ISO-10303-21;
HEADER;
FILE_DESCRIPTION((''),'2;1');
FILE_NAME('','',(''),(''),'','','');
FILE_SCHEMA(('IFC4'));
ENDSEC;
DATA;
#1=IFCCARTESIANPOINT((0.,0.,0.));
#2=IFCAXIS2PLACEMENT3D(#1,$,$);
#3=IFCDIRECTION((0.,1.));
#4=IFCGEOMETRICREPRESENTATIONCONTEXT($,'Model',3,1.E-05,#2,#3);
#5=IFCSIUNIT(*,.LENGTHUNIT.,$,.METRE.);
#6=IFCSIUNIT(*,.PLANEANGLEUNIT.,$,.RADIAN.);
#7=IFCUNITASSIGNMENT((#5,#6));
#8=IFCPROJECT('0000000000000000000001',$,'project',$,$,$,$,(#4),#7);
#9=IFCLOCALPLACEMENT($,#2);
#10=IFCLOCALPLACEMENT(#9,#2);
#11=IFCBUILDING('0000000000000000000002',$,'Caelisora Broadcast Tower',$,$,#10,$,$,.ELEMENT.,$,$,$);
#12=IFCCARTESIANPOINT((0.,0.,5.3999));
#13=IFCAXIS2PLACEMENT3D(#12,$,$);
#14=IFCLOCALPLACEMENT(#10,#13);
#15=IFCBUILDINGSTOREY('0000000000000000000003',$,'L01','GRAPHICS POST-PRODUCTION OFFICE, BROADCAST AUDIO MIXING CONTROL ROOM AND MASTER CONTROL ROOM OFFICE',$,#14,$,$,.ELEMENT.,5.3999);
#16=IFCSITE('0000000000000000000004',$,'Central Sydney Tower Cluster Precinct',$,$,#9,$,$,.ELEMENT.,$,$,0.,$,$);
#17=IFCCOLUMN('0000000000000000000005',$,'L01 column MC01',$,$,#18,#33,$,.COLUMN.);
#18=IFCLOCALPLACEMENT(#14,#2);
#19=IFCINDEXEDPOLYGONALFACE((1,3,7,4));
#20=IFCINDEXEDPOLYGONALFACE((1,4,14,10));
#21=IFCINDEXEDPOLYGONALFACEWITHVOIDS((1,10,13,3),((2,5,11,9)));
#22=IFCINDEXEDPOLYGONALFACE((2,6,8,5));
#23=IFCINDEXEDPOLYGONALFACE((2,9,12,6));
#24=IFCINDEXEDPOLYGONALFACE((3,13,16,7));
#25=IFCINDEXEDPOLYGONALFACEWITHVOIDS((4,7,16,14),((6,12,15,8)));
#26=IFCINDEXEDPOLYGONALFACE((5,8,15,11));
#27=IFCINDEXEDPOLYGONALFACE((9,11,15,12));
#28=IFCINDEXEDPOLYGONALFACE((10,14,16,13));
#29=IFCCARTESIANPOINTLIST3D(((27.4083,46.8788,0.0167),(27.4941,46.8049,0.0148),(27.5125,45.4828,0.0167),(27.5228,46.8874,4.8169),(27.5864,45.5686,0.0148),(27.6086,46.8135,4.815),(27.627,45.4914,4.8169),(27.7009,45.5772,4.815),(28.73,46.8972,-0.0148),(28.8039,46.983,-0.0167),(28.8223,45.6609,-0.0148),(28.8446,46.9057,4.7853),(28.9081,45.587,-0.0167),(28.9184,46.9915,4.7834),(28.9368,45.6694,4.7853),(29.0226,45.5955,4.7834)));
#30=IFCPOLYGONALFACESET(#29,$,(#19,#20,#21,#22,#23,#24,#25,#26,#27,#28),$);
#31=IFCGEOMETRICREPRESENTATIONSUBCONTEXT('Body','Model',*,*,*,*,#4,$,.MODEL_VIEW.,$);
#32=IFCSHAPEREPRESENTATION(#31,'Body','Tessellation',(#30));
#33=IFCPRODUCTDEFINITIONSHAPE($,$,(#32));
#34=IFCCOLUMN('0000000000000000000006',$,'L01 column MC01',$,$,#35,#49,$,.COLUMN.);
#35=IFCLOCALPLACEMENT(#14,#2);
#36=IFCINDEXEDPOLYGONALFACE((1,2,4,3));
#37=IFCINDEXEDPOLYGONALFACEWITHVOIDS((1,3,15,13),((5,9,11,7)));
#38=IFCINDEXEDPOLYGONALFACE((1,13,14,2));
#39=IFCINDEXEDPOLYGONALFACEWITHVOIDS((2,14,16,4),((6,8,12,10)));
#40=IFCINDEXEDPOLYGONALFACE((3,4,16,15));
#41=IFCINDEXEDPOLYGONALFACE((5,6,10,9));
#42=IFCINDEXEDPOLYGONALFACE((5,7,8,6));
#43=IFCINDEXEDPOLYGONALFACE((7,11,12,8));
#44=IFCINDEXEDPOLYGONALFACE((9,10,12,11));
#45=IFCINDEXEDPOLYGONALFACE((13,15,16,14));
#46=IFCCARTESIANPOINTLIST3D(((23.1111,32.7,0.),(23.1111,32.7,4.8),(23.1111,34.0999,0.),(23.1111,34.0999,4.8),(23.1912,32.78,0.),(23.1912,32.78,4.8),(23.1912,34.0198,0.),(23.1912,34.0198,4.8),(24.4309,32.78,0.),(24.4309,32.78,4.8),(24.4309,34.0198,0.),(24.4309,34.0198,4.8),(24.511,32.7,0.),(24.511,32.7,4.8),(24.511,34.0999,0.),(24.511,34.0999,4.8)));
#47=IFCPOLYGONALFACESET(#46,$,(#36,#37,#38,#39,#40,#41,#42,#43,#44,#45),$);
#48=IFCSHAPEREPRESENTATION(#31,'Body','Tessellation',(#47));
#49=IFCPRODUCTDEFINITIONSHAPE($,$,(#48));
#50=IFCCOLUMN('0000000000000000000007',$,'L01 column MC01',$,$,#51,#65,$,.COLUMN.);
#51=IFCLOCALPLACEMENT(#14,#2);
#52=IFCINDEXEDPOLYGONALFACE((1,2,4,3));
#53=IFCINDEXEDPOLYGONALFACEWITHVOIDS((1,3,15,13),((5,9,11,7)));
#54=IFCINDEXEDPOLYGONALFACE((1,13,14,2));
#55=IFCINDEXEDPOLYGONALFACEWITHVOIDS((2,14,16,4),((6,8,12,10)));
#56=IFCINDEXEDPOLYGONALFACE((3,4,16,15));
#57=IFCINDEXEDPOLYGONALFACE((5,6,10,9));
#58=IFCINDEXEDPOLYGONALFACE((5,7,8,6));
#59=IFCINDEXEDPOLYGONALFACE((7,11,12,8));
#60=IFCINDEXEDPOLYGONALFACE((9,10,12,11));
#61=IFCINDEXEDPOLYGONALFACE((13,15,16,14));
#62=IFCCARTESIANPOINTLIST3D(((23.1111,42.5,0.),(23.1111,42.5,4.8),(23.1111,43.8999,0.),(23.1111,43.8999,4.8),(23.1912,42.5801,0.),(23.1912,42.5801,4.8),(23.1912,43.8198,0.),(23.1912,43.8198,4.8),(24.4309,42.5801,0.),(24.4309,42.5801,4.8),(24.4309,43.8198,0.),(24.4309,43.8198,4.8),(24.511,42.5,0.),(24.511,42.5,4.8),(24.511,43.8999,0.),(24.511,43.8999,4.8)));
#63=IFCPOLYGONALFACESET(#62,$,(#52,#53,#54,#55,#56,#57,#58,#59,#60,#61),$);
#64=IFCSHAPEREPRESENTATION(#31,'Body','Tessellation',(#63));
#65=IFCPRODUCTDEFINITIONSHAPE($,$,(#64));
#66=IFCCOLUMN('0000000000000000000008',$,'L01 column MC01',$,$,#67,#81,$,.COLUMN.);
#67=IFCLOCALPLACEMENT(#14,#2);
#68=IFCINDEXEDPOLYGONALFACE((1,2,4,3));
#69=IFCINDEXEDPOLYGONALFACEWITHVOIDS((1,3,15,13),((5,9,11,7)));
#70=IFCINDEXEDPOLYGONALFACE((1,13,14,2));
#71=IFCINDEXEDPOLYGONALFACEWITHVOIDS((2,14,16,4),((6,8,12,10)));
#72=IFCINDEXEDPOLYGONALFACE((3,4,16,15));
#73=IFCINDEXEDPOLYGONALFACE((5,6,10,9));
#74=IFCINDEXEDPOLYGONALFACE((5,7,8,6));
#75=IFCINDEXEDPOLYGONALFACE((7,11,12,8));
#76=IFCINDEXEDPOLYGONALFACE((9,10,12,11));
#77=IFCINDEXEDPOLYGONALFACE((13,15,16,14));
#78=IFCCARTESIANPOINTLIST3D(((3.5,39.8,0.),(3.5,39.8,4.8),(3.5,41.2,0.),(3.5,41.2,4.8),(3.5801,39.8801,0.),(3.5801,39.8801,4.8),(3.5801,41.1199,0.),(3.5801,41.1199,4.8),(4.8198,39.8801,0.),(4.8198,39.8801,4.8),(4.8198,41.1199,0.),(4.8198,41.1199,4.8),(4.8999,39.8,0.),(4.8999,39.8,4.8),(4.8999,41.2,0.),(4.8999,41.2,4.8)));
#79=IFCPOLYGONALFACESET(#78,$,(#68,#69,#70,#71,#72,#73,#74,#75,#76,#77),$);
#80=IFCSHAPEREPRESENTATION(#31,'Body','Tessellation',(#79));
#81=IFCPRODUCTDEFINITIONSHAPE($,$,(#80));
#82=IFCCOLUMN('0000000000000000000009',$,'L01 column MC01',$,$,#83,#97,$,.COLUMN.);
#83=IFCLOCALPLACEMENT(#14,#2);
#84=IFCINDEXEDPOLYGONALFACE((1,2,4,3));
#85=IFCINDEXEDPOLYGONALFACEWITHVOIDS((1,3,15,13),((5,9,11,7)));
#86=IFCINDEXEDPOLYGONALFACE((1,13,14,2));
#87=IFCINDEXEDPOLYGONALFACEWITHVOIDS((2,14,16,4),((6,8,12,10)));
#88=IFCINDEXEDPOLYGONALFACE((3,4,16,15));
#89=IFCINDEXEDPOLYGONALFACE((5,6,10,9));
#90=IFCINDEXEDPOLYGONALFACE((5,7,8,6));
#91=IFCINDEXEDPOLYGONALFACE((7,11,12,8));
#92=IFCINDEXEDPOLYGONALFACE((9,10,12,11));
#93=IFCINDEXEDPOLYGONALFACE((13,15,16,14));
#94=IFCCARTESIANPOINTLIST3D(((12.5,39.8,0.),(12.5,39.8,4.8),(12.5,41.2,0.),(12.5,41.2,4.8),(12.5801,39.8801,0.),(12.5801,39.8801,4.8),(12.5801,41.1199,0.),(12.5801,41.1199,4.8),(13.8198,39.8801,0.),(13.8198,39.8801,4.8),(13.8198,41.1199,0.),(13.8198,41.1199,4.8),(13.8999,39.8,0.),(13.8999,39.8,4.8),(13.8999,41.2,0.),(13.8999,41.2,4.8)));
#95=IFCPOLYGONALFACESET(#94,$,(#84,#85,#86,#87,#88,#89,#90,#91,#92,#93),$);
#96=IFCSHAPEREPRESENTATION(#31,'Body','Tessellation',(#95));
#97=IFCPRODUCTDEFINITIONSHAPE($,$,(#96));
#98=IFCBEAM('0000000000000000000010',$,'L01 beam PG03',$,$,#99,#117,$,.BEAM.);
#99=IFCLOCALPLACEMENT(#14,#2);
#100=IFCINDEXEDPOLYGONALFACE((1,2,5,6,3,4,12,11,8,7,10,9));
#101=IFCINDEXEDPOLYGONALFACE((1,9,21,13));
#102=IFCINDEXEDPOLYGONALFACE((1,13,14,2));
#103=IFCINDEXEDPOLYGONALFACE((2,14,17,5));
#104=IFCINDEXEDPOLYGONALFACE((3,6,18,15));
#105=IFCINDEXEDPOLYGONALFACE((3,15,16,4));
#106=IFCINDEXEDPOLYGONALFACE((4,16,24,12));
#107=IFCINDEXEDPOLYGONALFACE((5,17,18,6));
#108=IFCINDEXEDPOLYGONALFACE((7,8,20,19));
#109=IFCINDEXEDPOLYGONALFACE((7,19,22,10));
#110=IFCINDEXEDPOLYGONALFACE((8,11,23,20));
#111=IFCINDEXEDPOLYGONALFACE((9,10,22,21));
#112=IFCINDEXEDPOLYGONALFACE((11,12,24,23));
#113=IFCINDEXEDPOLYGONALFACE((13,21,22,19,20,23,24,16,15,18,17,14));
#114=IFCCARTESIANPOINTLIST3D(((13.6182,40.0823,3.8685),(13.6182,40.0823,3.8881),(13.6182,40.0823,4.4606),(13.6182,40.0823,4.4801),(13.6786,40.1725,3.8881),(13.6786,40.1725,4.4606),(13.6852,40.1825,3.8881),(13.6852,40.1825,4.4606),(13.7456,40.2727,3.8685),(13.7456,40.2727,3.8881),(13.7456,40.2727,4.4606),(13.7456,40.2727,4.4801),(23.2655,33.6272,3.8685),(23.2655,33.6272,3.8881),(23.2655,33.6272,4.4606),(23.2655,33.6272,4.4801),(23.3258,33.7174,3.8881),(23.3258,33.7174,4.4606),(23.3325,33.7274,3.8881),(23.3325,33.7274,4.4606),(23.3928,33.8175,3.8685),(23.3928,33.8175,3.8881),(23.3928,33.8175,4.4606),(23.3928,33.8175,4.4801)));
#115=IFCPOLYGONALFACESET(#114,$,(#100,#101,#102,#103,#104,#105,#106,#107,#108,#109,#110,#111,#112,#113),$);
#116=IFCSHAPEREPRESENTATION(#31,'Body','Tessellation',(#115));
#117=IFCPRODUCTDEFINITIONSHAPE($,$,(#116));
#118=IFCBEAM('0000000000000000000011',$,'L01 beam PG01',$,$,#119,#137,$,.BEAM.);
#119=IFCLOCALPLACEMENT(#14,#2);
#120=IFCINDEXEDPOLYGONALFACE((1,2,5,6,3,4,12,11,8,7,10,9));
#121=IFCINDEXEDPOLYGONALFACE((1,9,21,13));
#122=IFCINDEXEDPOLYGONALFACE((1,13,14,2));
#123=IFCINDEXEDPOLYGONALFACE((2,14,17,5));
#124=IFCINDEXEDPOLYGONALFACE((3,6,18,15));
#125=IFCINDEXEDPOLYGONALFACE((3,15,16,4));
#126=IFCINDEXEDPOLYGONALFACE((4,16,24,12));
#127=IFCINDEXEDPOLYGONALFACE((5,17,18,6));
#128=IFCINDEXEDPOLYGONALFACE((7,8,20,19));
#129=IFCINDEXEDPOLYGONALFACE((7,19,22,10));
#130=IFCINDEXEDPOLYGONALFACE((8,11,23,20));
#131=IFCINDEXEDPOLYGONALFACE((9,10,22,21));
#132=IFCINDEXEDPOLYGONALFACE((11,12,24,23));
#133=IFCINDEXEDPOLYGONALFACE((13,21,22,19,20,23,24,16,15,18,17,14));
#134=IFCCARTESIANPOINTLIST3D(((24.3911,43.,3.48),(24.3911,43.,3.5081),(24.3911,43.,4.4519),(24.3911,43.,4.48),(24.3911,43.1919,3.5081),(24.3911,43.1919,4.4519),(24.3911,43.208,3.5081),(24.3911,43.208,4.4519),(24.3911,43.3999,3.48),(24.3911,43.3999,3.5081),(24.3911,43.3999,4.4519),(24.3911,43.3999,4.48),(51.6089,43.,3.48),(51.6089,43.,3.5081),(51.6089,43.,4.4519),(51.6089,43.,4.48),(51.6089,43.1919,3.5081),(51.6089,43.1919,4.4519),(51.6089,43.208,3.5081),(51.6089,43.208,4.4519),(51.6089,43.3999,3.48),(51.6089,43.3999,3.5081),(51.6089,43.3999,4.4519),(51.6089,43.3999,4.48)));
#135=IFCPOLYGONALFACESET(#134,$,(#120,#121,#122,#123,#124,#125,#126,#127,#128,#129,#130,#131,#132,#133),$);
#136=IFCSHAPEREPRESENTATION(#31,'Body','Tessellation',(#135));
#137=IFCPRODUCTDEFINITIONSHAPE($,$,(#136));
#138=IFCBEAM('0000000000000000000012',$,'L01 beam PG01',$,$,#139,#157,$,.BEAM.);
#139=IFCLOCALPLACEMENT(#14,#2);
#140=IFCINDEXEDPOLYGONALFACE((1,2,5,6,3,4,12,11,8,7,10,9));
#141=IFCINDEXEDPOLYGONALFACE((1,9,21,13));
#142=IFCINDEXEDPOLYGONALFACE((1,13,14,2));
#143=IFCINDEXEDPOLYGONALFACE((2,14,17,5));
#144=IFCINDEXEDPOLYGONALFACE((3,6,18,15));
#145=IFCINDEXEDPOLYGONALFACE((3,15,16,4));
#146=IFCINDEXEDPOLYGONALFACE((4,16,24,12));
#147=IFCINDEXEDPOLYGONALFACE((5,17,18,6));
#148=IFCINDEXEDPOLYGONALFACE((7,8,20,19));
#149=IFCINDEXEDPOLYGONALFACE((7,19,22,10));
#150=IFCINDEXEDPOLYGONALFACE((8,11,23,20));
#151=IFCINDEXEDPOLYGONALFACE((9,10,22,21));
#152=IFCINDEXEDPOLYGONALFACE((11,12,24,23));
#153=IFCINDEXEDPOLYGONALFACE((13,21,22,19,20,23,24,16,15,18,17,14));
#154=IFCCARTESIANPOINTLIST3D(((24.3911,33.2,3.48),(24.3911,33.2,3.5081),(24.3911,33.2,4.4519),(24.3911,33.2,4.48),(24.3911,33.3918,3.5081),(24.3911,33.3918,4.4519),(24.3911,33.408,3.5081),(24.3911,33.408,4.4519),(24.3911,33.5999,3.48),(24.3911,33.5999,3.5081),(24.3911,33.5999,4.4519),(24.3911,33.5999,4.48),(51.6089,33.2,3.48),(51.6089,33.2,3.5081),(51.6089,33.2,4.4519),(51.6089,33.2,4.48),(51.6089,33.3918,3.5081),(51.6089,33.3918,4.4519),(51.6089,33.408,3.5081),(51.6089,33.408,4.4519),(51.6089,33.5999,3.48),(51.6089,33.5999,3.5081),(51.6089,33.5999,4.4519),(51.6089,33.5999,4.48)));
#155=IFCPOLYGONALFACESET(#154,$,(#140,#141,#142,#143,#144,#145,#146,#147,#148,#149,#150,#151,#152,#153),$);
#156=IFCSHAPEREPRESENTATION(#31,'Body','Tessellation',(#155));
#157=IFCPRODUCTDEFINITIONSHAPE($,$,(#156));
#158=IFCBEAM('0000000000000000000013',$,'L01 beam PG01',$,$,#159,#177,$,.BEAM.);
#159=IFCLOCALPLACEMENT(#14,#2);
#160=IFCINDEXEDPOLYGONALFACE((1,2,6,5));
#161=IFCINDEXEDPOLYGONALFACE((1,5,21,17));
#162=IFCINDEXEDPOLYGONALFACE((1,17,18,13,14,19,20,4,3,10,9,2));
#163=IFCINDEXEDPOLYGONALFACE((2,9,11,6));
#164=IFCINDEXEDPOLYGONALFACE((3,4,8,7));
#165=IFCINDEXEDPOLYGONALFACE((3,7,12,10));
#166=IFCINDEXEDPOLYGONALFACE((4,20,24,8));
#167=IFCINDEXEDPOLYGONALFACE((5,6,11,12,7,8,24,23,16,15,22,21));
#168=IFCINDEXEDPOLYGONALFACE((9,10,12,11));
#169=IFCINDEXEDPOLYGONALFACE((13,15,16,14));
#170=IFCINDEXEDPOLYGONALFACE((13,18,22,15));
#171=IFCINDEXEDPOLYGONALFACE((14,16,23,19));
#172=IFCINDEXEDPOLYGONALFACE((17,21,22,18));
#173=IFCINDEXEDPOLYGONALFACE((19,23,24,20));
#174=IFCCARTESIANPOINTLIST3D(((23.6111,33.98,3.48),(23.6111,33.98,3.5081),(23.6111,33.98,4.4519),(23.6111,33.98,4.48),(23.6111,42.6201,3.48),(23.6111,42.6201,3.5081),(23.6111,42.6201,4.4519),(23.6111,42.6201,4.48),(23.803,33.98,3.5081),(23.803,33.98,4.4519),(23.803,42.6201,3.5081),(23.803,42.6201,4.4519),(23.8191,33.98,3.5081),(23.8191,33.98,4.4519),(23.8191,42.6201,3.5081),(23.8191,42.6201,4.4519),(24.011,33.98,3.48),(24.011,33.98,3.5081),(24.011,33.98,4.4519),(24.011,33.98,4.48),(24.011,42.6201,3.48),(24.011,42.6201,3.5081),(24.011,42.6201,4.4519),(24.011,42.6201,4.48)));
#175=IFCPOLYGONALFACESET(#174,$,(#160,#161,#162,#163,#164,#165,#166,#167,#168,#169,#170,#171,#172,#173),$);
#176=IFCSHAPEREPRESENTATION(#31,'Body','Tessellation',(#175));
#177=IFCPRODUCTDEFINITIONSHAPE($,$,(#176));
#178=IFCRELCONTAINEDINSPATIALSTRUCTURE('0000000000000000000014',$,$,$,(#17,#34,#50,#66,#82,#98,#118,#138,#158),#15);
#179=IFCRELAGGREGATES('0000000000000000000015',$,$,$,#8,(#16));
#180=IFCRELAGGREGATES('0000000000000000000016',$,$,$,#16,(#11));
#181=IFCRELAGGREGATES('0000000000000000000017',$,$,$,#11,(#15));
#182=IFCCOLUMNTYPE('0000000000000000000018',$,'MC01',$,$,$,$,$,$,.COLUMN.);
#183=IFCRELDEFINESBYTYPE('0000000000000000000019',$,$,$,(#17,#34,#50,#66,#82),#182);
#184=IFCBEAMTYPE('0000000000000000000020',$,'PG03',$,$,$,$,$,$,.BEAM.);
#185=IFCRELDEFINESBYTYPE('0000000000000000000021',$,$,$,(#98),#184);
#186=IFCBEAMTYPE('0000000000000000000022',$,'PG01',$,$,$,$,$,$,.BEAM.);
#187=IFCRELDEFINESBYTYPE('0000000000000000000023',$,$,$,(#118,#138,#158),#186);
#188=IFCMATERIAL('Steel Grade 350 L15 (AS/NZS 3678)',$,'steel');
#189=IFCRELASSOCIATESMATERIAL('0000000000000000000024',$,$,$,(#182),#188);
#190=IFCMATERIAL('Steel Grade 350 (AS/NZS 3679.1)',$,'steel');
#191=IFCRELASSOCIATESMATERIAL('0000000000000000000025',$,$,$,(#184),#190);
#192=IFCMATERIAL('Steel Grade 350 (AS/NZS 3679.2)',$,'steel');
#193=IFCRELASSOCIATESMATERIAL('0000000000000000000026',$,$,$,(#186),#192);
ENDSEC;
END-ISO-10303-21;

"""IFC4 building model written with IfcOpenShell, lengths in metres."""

from ifc_helpers import new_model, si_unit, direction, frame, origin, origin_2d, place, context, subcontext, project, spatial, hollow_rectangle, i_section, extrude, source, transform, mapped, material, material_profile, profile_set, type_object, type_shapes, element, save


model = new_model("IFC4")

# Units and contexts
model_context = context("Model", 3, precision=1e-05, world=origin(), true_north=direction((0.0, 1.0)))
body_context = subcontext(model_context, "Body", "Model", "MODEL_VIEW")
ifc_project = project(units=[si_unit("LENGTHUNIT", "METRE"), si_unit("PLANEANGLEUNIT", "RADIAN")], contexts=[model_context])

# Site, building, storey
site_placement = place(None, origin())
site = spatial("IfcSite", under=ifc_project, at=site_placement, Name="Central Sydney Tower Cluster Precinct", CompositionType="ELEMENT", RefElevation=0.0)
building_placement = place(site_placement, origin())
building = spatial("IfcBuilding", under=site, at=building_placement, Name="Caelisora Broadcast Tower", CompositionType="ELEMENT")
storey_placement = place(building_placement, frame((0.0, 0.0, 5.3999)))
storey = spatial("IfcBuildingStorey", under=building, at=storey_placement, Name="L01", Description="GRAPHICS POST-PRODUCTION OFFICE, BROADCAST AUDIO MIXING CONTROL ROOM AND MASTER CONTROL ROOM OFFICE", CompositionType="ELEMENT", Elevation=5.3999)

# Columns
ifc_material_1 = material(Name="Steel Grade 350 L15 (AS/NZS 3678)", Category="steel")
ifc_material_profile_1 = material_profile(ifc_material_1, hollow_rectangle(XDim=1.3999, YDim=1.3999, WallThickness=0.0801, at=origin_2d()), Name="Steel Grade 350 L15 (AS/NZS 3678)")
ifc_profile_set_1 = profile_set([ifc_material_profile_1], Name="Steel Grade 350 L15 (AS/NZS 3678)")
column_type = type_object("IfcColumnType", Name="MC01", PredefinedType="COLUMN", material=ifc_profile_set_1)
shared_shape_1 = source(origin(), body_context, "Body", "SweptSolid", [
    extrude(hollow_rectangle(XDim=1.3999, YDim=1.3999, WallThickness=0.0801, at=origin_2d()), origin(), (0.0, 0.0, 1.0), 4.8015),
])
column_placement = place(storey_placement, frame((28.1582, 46.2329, 0.0), z_axis=(0.023848, 0.00178, 0.999714), x_axis=(-0.07442, 0.997227, 0.0)))
element("IfcColumn", 1, at=column_placement, inside=storey, type_object=column_type, Name="L01 column MC01", PredefinedType="COLUMN", context=body_context, shape_type="MappedRepresentation", body=[
    mapped(shared_shape_1, transform((0.0, 0.0, 0.0), scale=1.0)),
])
shared_shape_2 = source(origin(), body_context, "Body", "SweptSolid", [
    extrude(hollow_rectangle(XDim=1.3999, YDim=1.3999, WallThickness=0.0801, at=origin_2d()), origin(), (0.0, 0.0, 1.0), 4.8),
])
type_shapes(column_type, [shared_shape_1, shared_shape_2])
for number, where, z_axis, x_axis, name in (
    (2, (23.811, 33.3999, 0.0), (0.0, 0.0, 1.0), (1.0, 0.0, 0.0), "L01 column MC01"),
    (3, (23.811, 43.2, 0.0), (0.0, 0.0, 1.0), (1.0, 0.0, 0.0), "L01 column MC01"),
    (4, (4.2, 40.5, 0.0), (0.0, 0.0, 1.0), (1.0, 0.0, 0.0), "L01 column MC01"),
    (5, (13.2, 40.5, 0.0), (0.0, 0.0, 1.0), (1.0, 0.0, 0.0), "L01 column MC01"),
):
    element("IfcColumn", number, at=place(storey_placement, frame(where, z_axis=z_axis, x_axis=x_axis)), inside=storey, type_object=column_type, Name=name, PredefinedType="COLUMN", context=body_context, shape_type="MappedRepresentation", body=[
        mapped(shared_shape_2, transform((0.0, 0.0, 0.0), scale=1.0)),
    ])

# Beams
ifc_material_2 = material(Name="Steel Grade 350 (AS/NZS 3679.1)", Category="steel")
ifc_material_profile_2 = material_profile(ifc_material_2, i_section(OverallWidth=0.229, OverallDepth=0.6116, WebThickness=0.012, FlangeThickness=0.0195, at=origin_2d()), Name="Steel Grade 350 (AS/NZS 3679.1)")
ifc_profile_set_2 = profile_set([ifc_material_profile_2], Name="Steel Grade 350 (AS/NZS 3679.1)")
beam_type_1 = type_object("IfcBeamType", Name="PG03", PredefinedType="BEAM", material=ifc_profile_set_2)
shared_shape_3 = source(origin(), body_context, "Body", "SweptSolid", [
    extrude(i_section(OverallWidth=0.229, OverallDepth=0.6116, WebThickness=0.012, FlangeThickness=0.0195, at=origin_2d()), origin(), (0.0, 0.0, 1.0), 11.6077),
])
type_shapes(beam_type_1, [shared_shape_3])
beam_1_placement = place(storey_placement, frame((13.6819, 40.1775, 4.1743), z_axis=(0.831111, -0.556107, 0.0), x_axis=(0.556107, 0.831111, 0.0)))
element("IfcBeam", 6, at=beam_1_placement, inside=storey, type_object=beam_type_1, Name="L01 beam PG03", PredefinedType="BEAM", context=body_context, shape_type="MappedRepresentation", body=[
    mapped(shared_shape_3, transform((0.0, 0.0, 0.0), scale=1.0)),
])
ifc_material_3 = material(Name="Steel Grade 350 (AS/NZS 3679.2)", Category="steel")
ifc_material_profile_3 = material_profile(ifc_material_3, i_section(OverallWidth=0.3999, OverallDepth=1.0, WebThickness=0.0161, FlangeThickness=0.0281, at=origin_2d()), Name="Steel Grade 350 (AS/NZS 3679.2)")
ifc_profile_set_3 = profile_set([ifc_material_profile_3], Name="Steel Grade 350 (AS/NZS 3679.2)")
beam_type_2 = type_object("IfcBeamType", Name="PG01", PredefinedType="BEAM", material=ifc_profile_set_3)
shared_shape_4 = source(origin(), body_context, "Body", "SweptSolid", [
    extrude(i_section(OverallWidth=0.3999, OverallDepth=1.0, WebThickness=0.0161, FlangeThickness=0.0281, at=origin_2d()), origin(), (0.0, 0.0, 1.0), 27.2178),
])
for number, where, z_axis, x_axis, name in (
    (7, (24.3911, 43.2, 3.98), (1.0, 0.0, 0.0), (0.0, 1.0, 0.0), "L01 beam PG01"),
    (8, (24.3911, 33.3999, 3.98), (1.0, 0.0, 0.0), (0.0, 1.0, 0.0), "L01 beam PG01"),
):
    element("IfcBeam", number, at=place(storey_placement, frame(where, z_axis=z_axis, x_axis=x_axis)), inside=storey, type_object=beam_type_2, Name=name, PredefinedType="BEAM", context=body_context, shape_type="MappedRepresentation", body=[
        mapped(shared_shape_4, transform((0.0, 0.0, 0.0), scale=1.0)),
    ])
shared_shape_5 = source(origin(), body_context, "Body", "SweptSolid", [
    extrude(i_section(OverallWidth=0.3999, OverallDepth=1.0, WebThickness=0.0161, FlangeThickness=0.0281, at=origin_2d()), origin(), (0.0, 0.0, 1.0), 8.6401),
])
beam_2_placement = place(storey_placement, frame((23.811, 33.98, 3.98), z_axis=(0.0, 1.0, 0.0), x_axis=(-1.0, 0.0, 0.0)))
element("IfcBeam", 9, at=beam_2_placement, inside=storey, type_object=beam_type_2, Name="L01 beam PG01", PredefinedType="BEAM", context=body_context, shape_type="MappedRepresentation", body=[
    mapped(shared_shape_5, transform((0.0, 0.0, 0.0), scale=1.0)),
])

save(model, "model.ifc")
